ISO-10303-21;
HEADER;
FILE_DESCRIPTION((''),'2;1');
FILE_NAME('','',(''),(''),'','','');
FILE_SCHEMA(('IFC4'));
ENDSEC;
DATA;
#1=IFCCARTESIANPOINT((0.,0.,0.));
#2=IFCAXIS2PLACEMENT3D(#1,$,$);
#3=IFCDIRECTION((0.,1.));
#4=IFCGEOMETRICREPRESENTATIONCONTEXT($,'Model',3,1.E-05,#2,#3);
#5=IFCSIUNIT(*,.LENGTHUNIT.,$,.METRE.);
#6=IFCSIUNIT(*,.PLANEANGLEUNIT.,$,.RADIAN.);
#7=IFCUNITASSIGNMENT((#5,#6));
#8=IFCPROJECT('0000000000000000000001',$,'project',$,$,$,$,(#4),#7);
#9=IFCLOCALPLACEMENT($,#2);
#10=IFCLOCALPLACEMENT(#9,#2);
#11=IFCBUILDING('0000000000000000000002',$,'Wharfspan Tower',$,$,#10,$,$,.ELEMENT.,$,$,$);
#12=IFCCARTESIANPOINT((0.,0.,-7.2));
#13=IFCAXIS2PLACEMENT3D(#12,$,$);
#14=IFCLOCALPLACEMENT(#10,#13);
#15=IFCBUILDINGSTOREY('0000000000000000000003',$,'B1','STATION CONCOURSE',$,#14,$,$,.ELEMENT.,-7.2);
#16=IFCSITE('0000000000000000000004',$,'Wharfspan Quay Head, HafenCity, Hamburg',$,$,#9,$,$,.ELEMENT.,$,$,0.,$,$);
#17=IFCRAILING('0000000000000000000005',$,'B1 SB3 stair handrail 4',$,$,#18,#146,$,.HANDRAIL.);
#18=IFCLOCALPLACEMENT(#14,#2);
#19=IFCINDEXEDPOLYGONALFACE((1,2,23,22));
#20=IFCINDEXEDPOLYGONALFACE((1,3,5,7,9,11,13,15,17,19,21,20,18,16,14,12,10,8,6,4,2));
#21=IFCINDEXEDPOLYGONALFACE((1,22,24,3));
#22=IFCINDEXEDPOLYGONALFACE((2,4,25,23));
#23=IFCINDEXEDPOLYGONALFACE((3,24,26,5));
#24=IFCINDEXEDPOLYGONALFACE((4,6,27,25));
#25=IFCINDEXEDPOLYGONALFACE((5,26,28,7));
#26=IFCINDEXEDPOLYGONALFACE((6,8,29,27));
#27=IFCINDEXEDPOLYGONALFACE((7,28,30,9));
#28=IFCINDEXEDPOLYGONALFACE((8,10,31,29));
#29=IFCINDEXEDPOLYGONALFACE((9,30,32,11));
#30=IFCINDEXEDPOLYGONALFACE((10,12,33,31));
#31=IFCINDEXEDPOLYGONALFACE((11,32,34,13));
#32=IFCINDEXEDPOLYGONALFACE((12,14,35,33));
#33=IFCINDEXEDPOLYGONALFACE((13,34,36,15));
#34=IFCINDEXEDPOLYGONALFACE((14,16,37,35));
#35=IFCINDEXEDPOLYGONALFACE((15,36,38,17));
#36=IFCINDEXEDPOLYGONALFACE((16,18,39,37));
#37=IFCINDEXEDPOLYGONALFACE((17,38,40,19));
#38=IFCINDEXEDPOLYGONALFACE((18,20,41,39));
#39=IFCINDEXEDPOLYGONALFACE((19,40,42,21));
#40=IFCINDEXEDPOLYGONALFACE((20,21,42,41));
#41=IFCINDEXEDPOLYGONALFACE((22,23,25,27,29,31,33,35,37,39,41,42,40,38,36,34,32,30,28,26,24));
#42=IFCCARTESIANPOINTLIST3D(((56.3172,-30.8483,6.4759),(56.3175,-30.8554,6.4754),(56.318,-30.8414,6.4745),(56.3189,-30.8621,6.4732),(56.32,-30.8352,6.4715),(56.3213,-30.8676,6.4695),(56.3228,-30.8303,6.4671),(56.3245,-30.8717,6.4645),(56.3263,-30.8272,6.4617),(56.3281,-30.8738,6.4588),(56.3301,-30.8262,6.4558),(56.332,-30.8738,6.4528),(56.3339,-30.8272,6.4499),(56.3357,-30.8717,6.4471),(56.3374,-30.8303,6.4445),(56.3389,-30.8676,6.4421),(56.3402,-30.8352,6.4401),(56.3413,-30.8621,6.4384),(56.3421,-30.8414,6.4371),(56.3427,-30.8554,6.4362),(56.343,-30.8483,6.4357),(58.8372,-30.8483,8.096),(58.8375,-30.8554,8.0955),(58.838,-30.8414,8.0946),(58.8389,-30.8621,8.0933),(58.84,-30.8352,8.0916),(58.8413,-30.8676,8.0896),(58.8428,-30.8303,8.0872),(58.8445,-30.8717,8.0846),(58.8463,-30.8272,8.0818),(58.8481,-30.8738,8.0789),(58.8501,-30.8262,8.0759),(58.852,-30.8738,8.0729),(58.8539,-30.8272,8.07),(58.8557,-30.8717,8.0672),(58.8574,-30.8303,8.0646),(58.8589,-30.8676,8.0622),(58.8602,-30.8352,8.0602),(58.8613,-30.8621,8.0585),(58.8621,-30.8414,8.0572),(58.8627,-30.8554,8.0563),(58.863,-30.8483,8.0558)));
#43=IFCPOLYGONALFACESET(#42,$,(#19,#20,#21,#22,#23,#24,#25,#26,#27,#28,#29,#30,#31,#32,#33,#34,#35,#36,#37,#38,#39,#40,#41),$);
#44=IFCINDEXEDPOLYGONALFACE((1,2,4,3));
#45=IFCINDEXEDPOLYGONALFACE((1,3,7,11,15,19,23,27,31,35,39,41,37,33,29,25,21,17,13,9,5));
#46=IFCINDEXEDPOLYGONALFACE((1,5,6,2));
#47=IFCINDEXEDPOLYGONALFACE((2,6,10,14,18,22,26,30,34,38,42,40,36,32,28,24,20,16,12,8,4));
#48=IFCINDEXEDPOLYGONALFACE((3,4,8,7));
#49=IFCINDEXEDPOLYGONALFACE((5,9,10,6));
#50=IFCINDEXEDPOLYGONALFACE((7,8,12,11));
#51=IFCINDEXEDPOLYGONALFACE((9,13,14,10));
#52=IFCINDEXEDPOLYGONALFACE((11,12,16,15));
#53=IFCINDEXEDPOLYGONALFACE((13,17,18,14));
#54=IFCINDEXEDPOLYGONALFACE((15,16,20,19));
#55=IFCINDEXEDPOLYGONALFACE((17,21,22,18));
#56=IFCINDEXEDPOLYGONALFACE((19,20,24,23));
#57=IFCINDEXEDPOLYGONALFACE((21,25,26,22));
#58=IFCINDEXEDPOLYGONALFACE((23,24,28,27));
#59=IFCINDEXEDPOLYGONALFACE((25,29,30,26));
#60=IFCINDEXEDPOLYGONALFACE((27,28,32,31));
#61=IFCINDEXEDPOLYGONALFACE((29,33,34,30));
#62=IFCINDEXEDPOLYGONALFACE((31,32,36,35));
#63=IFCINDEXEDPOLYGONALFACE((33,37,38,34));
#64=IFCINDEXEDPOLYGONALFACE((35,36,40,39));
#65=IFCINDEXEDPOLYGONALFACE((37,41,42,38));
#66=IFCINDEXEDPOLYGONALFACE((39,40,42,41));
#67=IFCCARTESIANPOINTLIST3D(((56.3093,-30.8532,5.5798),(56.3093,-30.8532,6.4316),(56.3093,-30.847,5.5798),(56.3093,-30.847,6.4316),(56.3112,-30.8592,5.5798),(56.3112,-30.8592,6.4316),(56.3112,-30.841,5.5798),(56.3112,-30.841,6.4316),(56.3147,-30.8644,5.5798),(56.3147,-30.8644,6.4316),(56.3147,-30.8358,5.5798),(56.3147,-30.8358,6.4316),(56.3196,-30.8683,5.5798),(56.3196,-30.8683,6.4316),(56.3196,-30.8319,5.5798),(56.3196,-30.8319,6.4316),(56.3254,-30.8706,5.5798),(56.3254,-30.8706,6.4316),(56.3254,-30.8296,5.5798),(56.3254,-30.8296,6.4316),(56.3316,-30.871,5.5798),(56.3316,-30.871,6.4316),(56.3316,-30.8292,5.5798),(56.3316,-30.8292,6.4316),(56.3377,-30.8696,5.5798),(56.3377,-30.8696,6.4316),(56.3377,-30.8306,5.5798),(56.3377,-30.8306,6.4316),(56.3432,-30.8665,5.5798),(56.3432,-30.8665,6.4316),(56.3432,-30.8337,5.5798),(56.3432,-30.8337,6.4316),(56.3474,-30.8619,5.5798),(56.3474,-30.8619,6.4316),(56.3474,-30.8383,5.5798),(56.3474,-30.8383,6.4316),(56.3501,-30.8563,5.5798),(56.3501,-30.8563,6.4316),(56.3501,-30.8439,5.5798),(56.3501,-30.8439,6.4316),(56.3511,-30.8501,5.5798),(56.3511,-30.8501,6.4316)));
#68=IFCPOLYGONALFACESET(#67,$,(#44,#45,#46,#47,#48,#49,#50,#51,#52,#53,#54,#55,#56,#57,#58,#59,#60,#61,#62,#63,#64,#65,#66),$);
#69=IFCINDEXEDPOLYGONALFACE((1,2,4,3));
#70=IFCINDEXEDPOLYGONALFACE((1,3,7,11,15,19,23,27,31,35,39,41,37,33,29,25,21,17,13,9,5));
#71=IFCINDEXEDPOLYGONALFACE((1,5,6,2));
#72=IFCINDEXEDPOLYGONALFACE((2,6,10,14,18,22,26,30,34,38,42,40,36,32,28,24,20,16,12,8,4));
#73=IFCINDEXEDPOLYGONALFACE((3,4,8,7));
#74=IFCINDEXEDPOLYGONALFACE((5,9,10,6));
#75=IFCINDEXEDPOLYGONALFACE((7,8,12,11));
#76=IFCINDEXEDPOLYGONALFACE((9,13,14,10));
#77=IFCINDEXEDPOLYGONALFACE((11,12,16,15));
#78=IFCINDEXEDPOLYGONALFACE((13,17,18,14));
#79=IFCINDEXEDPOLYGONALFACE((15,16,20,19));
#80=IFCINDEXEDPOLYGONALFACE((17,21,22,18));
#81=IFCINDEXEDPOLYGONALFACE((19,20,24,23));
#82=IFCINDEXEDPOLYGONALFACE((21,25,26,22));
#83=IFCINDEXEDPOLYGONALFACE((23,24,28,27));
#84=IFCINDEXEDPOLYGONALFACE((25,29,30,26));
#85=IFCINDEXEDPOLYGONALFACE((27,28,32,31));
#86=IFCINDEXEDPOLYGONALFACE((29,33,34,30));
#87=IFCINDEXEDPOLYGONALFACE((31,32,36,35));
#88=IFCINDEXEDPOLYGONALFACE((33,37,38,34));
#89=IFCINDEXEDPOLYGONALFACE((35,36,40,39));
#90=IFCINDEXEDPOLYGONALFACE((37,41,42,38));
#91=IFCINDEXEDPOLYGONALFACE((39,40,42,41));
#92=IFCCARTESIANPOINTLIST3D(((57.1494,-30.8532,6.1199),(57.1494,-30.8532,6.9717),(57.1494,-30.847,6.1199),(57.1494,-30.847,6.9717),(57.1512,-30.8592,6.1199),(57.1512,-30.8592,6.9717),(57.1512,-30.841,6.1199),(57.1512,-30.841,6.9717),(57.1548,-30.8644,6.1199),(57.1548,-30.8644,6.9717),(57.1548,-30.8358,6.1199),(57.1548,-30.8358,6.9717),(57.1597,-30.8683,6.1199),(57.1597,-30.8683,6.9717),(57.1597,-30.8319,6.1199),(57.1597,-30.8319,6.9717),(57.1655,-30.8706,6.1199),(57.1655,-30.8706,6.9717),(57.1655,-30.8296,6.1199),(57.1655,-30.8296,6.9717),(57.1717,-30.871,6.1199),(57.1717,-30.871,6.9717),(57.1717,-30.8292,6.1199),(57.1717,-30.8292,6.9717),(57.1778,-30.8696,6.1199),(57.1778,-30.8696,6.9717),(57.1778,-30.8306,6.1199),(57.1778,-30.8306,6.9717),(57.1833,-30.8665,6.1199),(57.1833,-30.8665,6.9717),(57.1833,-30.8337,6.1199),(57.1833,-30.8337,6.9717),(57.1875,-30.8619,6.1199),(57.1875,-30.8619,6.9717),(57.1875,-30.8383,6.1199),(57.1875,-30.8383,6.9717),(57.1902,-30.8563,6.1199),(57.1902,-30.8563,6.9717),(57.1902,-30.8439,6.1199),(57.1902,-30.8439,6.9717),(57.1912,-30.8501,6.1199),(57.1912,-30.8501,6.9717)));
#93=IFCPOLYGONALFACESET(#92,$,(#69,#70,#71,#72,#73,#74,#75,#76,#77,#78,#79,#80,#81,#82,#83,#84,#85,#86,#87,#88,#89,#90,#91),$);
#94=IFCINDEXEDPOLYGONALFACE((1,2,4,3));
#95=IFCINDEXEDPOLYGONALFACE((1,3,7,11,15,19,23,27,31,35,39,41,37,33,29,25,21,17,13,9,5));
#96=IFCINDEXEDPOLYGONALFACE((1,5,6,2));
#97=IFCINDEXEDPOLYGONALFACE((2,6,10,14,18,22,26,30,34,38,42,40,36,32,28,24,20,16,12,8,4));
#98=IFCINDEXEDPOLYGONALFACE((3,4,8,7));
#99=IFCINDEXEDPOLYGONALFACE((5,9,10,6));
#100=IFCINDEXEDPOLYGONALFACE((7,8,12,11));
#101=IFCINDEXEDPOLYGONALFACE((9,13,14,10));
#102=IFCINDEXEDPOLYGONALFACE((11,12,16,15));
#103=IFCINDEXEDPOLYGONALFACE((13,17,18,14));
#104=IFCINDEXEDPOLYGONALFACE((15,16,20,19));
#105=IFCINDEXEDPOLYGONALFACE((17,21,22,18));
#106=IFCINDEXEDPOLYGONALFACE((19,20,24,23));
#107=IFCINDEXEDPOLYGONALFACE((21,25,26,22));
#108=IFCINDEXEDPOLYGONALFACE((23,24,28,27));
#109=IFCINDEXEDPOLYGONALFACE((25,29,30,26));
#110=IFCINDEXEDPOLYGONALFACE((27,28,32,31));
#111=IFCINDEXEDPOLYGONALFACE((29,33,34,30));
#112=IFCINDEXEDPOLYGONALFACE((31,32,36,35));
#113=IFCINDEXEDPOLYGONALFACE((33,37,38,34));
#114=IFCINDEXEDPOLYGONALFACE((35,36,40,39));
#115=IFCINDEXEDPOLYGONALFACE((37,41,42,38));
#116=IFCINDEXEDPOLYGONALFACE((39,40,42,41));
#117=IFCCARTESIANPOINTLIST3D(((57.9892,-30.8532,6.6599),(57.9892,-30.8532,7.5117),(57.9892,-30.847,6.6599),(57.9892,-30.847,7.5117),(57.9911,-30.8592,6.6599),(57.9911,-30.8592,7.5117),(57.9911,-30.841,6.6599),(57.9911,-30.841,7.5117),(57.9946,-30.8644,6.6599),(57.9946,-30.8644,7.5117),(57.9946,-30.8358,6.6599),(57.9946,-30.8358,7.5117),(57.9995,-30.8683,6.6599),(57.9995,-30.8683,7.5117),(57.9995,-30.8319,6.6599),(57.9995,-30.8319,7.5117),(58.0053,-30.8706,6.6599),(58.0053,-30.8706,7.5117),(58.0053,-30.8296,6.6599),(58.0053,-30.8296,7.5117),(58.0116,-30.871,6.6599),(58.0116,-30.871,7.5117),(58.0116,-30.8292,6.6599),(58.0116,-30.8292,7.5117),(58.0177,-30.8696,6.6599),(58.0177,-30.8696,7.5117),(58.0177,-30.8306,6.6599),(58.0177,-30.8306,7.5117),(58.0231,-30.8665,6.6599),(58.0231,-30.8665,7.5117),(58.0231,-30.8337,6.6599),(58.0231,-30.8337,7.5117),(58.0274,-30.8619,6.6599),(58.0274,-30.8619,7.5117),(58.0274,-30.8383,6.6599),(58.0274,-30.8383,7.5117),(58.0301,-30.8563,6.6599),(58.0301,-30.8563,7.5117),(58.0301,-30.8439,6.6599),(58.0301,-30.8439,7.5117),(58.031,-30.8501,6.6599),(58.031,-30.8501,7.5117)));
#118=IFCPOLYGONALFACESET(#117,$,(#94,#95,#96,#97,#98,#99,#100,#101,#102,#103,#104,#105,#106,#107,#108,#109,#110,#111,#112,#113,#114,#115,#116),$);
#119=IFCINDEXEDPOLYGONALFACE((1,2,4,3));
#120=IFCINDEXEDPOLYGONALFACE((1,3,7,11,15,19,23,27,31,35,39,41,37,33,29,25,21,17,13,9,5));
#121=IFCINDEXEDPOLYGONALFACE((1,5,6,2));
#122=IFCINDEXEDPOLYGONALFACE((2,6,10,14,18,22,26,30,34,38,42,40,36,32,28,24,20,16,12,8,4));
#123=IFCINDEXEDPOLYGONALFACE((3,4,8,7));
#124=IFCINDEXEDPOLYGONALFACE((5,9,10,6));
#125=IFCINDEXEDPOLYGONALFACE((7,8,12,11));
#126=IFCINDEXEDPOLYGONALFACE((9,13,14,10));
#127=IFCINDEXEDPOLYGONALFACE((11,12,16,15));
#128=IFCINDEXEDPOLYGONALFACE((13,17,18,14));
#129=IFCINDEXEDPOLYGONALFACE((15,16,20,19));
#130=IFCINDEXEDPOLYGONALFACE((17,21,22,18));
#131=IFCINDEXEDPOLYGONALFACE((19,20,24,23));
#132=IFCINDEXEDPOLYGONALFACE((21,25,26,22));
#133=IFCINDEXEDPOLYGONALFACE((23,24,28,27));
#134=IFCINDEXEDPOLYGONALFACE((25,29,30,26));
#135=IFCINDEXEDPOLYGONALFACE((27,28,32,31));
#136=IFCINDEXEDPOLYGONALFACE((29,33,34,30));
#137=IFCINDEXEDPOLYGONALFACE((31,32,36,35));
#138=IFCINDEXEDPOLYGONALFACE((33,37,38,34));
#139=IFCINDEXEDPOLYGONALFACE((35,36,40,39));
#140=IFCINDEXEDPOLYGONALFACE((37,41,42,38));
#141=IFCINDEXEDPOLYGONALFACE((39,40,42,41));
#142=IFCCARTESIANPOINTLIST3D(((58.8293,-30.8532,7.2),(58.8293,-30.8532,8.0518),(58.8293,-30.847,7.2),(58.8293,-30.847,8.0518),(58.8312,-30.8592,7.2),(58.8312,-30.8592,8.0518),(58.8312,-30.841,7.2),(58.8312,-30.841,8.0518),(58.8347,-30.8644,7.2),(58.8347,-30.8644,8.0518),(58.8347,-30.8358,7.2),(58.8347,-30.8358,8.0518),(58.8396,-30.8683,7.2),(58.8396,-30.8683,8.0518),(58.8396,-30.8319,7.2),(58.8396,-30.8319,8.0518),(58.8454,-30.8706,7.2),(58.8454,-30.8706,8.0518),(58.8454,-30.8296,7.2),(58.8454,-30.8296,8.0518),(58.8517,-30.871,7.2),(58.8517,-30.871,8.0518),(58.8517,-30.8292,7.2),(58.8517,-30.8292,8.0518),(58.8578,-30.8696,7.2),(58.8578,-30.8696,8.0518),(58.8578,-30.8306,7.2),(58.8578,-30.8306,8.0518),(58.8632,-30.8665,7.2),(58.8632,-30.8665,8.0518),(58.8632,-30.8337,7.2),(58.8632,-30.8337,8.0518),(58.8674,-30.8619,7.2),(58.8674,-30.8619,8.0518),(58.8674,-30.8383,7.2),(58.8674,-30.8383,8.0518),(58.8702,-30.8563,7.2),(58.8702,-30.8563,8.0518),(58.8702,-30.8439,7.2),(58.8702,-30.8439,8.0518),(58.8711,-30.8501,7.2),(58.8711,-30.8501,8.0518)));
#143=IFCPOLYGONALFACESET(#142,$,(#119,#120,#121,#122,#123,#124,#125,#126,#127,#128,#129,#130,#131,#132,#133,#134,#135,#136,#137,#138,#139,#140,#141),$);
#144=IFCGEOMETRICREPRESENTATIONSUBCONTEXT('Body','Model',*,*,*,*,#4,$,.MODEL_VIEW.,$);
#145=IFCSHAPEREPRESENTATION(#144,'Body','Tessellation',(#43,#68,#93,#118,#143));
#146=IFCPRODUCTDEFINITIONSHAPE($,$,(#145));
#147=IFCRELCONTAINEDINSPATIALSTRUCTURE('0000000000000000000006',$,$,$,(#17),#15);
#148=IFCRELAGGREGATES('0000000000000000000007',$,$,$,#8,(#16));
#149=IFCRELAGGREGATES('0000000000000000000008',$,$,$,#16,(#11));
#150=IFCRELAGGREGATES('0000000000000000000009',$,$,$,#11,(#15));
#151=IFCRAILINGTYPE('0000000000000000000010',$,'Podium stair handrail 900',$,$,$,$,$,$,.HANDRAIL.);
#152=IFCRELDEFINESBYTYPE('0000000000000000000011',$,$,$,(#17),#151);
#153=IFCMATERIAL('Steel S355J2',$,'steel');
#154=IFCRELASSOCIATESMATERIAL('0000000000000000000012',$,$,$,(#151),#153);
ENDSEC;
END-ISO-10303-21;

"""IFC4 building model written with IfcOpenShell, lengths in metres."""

from ifc_helpers import new_model, si_unit, direction, frame, origin, origin_2d, place, context, subcontext, project, spatial, circle, extrude, material, type_object, element, save


model = new_model("IFC4")

# Units and contexts
model_context = context("Model", 3, precision=1e-05, world=origin(), true_north=direction((0.0, 1.0)))
body_context = subcontext(model_context, "Body", "Model", "MODEL_VIEW")
ifc_project = project(units=[si_unit("LENGTHUNIT", "METRE"), si_unit("PLANEANGLEUNIT", "RADIAN")], contexts=[model_context])

# Site, building, storey
site_placement = place(None, origin())
site = spatial("IfcSite", under=ifc_project, at=site_placement, Name="Wharfspan Quay Head, HafenCity, Hamburg", CompositionType="ELEMENT", RefElevation=0.0)
building_placement = place(site_placement, origin())
building = spatial("IfcBuilding", under=site, at=building_placement, Name="Wharfspan Tower", CompositionType="ELEMENT")
storey_placement = place(building_placement, frame((0.0, 0.0, -7.2)))
storey = spatial("IfcBuildingStorey", under=building, at=storey_placement, Name="B1", Description="STATION CONCOURSE", CompositionType="ELEMENT", Elevation=-7.2)

# Railing
ifc_material_1 = material(Name="Steel S355J2", Category="steel")
railing_type_1 = type_object("IfcRailingType", Name="Podium stair handrail 900", PredefinedType="HANDRAIL", material=ifc_material_1)
railing_1_placement = place(storey_placement, frame((56.3301, -30.8501, 5.5798)))
element("IfcRailing", 1, at=railing_1_placement, inside=storey, type_object=railing_type_1, Name="B1 SB3 stair handrail 4", PredefinedType="HANDRAIL", context=body_context, shape_type="SweptSolid", body=[
    extrude(circle(Radius=0.0239, at=origin_2d()), frame((0.0, 0.0, 0.876), z_axis=(0.841163, 0.0, 0.540782), x_axis=(0.0, 1.0, 0.0)), (0.0, 0.0, 1.0), 2.9958),
    extrude(circle(Radius=0.021, at=origin_2d()), origin(), (0.0, 0.0, 1.0), 0.8518),
    extrude(circle(Radius=0.021, at=origin_2d()), frame((0.8401, 0.0, 0.54)), (0.0, 0.0, 1.0), 0.8518),
    extrude(circle(Radius=0.021, at=origin_2d()), frame((1.6799, 0.0, 1.0801)), (0.0, 0.0, 1.0), 0.8518),
    extrude(circle(Radius=0.021, at=origin_2d()), frame((2.52, 0.0, 1.6201)), (0.0, 0.0, 1.0), 0.8518),
])

save(model, "model.ifc")
